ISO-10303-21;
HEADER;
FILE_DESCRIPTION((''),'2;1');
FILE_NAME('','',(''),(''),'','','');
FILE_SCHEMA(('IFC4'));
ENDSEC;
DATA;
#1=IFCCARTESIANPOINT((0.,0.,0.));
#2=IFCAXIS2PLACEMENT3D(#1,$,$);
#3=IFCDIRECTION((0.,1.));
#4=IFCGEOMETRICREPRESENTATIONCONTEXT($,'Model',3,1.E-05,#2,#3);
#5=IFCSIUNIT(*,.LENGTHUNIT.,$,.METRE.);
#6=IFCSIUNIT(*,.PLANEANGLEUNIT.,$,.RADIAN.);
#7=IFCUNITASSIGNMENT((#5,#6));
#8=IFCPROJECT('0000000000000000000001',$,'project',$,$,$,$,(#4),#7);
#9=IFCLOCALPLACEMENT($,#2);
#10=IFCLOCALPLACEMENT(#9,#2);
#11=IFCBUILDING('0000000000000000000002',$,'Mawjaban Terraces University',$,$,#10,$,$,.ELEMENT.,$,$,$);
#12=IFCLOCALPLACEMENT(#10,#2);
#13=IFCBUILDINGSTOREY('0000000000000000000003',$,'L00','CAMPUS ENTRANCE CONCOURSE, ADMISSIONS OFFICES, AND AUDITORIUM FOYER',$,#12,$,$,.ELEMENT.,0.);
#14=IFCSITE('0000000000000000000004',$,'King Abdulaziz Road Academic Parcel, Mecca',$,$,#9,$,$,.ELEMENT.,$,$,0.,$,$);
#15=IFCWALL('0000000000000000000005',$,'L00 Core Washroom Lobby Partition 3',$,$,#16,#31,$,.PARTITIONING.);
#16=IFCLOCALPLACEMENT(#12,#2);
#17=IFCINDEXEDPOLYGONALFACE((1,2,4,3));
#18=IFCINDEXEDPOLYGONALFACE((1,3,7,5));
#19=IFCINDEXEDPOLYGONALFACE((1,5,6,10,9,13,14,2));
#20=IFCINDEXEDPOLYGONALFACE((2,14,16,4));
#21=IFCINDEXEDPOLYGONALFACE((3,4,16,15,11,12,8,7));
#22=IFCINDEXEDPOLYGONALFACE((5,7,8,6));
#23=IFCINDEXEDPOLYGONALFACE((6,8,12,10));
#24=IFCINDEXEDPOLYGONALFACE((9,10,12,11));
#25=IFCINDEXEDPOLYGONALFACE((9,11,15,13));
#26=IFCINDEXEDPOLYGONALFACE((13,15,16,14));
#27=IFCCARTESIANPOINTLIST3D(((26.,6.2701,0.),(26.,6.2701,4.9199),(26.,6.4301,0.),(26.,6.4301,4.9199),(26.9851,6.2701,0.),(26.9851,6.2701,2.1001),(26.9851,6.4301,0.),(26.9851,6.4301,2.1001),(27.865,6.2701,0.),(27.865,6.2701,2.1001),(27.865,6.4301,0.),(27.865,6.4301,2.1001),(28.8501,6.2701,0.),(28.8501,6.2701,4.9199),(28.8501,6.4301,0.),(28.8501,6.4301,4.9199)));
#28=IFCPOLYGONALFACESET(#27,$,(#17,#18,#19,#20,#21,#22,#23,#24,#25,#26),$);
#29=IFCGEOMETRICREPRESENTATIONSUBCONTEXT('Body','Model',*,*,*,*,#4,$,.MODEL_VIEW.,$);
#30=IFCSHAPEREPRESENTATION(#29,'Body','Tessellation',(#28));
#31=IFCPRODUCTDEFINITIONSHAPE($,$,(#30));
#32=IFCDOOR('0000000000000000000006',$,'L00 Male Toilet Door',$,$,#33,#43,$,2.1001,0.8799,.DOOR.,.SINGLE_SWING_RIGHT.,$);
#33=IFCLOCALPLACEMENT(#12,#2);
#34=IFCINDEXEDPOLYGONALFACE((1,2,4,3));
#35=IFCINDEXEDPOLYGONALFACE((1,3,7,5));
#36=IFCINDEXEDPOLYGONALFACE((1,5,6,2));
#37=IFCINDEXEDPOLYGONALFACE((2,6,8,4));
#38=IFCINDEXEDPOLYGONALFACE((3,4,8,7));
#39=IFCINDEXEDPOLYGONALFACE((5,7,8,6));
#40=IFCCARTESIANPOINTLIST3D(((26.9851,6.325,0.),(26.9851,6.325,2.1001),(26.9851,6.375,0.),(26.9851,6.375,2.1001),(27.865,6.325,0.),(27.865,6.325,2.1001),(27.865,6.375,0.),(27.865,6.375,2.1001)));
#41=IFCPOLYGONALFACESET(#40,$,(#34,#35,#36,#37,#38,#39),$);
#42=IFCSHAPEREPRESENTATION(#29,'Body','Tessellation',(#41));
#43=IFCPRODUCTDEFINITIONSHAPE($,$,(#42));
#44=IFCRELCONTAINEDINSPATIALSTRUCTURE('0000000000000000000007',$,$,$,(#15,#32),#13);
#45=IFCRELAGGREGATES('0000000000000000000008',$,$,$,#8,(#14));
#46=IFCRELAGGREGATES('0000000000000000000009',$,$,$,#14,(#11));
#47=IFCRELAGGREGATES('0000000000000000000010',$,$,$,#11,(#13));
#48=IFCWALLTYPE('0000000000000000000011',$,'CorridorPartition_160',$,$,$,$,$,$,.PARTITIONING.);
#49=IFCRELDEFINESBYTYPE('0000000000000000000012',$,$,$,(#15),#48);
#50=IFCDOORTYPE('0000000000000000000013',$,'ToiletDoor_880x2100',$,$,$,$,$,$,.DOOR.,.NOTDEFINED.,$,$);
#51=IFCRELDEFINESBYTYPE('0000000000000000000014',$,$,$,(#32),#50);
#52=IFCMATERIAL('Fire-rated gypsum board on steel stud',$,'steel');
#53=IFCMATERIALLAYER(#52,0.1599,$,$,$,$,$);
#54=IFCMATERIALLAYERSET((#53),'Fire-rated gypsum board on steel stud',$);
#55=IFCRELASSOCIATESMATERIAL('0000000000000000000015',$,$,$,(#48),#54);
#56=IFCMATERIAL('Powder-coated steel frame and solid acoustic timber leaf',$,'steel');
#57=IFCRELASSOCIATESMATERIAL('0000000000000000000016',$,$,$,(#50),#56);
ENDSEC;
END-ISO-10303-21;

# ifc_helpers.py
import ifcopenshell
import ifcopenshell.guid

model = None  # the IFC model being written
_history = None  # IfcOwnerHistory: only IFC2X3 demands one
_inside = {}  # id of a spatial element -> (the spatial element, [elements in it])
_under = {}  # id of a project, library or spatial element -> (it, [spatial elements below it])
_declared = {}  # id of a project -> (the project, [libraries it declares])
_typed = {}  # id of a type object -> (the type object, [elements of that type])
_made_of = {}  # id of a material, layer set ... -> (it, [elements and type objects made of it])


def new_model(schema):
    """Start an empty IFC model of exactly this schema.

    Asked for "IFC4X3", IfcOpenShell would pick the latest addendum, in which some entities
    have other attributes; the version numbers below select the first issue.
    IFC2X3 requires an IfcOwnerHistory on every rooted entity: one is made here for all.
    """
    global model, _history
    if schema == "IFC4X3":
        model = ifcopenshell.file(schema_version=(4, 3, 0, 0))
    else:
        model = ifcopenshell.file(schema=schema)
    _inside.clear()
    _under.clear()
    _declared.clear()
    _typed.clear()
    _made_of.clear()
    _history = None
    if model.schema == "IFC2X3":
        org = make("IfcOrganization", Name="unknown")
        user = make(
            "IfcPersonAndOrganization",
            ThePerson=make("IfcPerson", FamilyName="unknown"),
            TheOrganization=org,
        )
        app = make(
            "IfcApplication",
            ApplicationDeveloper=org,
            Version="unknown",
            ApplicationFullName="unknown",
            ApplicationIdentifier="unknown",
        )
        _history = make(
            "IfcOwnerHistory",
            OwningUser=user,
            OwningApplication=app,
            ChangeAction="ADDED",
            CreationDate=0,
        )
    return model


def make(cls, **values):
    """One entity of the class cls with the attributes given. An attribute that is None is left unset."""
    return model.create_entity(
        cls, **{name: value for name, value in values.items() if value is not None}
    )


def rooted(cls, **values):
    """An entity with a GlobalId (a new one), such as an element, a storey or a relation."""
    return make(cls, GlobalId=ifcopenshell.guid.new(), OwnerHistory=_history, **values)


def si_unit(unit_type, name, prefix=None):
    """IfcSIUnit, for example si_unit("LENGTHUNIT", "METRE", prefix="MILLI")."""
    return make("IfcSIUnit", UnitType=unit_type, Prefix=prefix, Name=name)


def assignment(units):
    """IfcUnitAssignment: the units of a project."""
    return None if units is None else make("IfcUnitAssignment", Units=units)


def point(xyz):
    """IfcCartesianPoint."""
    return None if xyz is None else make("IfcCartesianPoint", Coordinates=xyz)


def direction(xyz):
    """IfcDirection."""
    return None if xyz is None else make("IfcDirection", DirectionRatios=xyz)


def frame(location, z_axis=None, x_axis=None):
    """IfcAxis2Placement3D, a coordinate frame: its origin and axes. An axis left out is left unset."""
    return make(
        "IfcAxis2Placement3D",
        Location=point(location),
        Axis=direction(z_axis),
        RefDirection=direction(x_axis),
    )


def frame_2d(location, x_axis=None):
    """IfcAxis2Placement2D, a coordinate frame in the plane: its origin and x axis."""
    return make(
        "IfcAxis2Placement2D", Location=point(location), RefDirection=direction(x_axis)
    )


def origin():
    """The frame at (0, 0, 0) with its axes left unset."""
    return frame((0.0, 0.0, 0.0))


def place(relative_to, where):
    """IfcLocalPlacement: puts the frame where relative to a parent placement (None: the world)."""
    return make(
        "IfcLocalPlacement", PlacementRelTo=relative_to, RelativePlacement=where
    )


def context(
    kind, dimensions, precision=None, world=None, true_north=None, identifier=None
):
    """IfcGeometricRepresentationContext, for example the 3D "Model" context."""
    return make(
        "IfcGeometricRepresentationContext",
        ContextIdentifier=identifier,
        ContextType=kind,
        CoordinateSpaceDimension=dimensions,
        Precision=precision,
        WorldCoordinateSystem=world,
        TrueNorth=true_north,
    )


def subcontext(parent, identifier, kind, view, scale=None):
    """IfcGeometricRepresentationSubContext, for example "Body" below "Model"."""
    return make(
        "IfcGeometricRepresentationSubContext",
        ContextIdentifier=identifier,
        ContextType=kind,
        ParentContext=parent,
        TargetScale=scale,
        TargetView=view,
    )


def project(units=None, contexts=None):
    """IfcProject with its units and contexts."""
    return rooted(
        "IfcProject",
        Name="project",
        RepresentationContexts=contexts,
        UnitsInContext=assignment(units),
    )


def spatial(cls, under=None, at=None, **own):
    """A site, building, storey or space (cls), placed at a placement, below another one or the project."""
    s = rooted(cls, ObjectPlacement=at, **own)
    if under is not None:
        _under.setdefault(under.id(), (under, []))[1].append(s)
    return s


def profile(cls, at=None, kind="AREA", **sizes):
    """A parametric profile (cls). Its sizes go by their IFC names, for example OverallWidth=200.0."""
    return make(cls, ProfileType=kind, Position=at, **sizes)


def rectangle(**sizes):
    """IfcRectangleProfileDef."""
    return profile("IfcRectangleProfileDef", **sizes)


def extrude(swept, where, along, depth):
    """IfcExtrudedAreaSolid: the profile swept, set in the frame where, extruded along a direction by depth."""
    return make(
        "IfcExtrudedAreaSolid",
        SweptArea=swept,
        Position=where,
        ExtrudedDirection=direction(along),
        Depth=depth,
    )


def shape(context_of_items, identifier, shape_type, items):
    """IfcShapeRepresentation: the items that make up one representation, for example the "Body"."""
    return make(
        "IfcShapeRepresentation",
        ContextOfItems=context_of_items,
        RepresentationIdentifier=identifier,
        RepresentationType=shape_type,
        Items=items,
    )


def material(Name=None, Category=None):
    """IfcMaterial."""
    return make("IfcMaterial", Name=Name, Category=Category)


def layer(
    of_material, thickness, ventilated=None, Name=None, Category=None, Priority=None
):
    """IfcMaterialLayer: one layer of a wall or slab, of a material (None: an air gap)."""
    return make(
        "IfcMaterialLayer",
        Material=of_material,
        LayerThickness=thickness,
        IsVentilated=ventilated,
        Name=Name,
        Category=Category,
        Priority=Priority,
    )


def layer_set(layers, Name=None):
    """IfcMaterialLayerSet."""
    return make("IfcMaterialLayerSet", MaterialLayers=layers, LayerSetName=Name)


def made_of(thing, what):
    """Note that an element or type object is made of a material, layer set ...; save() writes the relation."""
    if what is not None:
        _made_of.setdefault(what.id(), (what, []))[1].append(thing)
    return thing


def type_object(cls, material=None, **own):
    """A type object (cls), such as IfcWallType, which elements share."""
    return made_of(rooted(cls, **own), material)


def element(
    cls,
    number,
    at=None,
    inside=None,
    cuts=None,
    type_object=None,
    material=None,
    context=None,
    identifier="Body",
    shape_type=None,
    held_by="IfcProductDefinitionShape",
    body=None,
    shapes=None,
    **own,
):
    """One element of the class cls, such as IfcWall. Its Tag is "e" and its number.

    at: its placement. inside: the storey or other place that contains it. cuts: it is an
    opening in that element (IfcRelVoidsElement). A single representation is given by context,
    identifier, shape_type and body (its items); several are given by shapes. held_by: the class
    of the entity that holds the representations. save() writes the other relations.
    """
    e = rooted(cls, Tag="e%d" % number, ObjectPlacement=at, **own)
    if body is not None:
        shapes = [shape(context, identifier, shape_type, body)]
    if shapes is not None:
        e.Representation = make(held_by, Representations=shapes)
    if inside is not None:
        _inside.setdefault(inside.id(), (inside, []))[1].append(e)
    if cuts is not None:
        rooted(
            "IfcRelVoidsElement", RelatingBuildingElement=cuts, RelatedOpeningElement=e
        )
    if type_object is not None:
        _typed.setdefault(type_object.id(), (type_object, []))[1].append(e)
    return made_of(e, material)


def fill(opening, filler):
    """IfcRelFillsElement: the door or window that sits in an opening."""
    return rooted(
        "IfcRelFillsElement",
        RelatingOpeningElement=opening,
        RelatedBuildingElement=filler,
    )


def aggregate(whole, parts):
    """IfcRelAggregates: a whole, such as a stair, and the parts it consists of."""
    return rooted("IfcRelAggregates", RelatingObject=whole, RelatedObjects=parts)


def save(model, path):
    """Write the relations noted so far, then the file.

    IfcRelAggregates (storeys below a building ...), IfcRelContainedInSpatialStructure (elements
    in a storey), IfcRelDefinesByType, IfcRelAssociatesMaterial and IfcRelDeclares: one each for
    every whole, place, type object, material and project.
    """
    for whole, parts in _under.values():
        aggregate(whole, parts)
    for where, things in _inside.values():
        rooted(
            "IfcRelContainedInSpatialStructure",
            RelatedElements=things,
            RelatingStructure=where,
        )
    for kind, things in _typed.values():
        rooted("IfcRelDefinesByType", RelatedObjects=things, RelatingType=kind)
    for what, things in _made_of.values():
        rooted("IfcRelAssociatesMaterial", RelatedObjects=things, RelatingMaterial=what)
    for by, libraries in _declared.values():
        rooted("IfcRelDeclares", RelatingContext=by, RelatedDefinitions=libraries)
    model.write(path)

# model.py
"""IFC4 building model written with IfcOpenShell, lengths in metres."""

from ifc_helpers import new_model, si_unit, direction, frame, frame_2d, origin, place, context, subcontext, project, spatial, rectangle, extrude, material, layer, layer_set, type_object, element, fill, save


model = new_model("IFC4")

# Units and contexts
model_context = context("Model", 3, precision=1e-05, world=origin(), true_north=direction((0.0, 1.0)))
body_context = subcontext(model_context, "Body", "Model", "MODEL_VIEW")
ifc_project = project(units=[si_unit("LENGTHUNIT", "METRE"), si_unit("PLANEANGLEUNIT", "RADIAN")], contexts=[model_context])

# Site, building, storey
site_placement = place(None, origin())
site = spatial("IfcSite", under=ifc_project, at=site_placement, Name="King Abdulaziz Road Academic Parcel, Mecca", CompositionType="ELEMENT", RefElevation=0.0)
building_placement = place(site_placement, origin())
building = spatial("IfcBuilding", under=site, at=building_placement, Name="Mawjaban Terraces University", CompositionType="ELEMENT")
storey_placement = place(building_placement, origin())
storey = spatial("IfcBuildingStorey", under=building, at=storey_placement, Name="L00", Description="CAMPUS ENTRANCE CONCOURSE, ADMISSIONS OFFICES, AND AUDITORIUM FOYER", CompositionType="ELEMENT", Elevation=0.0)

# Wall, opening, door
ifc_material_1 = material(Name="Fire-rated gypsum board on steel stud", Category="steel")
ifc_layer_1 = layer(ifc_material_1, 0.1599)
ifc_layer_set_1 = layer_set([ifc_layer_1], Name="Fire-rated gypsum board on steel stud")
wall_type_1 = type_object("IfcWallType", Name="CorridorPartition_160", PredefinedType="PARTITIONING", material=ifc_layer_set_1)
wall_1_placement = place(storey_placement, frame((26.0, 6.3501, 0.0), z_axis=(0.0, 0.0, 1.0), x_axis=(1.0, 0.0, 0.0)))
wall_1 = element("IfcWall", 1, at=wall_1_placement, inside=storey, type_object=wall_type_1, Name="L00 Core Washroom Lobby Partition 3", PredefinedType="PARTITIONING", context=body_context, shape_type="SweptSolid", body=[
    extrude(rectangle(XDim=2.8501, YDim=0.1599, at=frame_2d((1.425, 0.0))), origin(), (0.0, 0.0, 1.0), 4.9199),
])
opening_1_placement = place(wall_1_placement, frame((0.9851, 0.0, 0.0)))
opening_1 = element("IfcOpeningElement", 2, at=opening_1_placement, cuts=wall_1, PredefinedType="OPENING", context=body_context, shape_type="SweptSolid", body=[
    extrude(rectangle(XDim=0.8799, YDim=2.1001, at=frame_2d((0.4399, 1.05))), frame((0.0, 0.0898, 0.0), z_axis=(0.0, -1.0, 0.0), x_axis=(1.0, 0.0, 0.0)), (0.0, 0.0, 1.0), 0.1799),
])
ifc_material_2 = material(Name="Powder-coated steel frame and solid acoustic timber leaf", Category="steel")
door_type = type_object("IfcDoorType", Name="ToiletDoor_880x2100", OperationType="NOTDEFINED", PredefinedType="DOOR", material=ifc_material_2)
door_placement = place(opening_1_placement, origin())
door = element("IfcDoor", 3, at=door_placement, inside=storey, type_object=door_type, Name="L00 Male Toilet Door", OperationType="SINGLE_SWING_RIGHT", OverallHeight=2.1001, OverallWidth=0.8799, PredefinedType="DOOR", context=body_context, shape_type="SweptSolid", body=[
    extrude(rectangle(XDim=0.8799, YDim=2.1001, at=frame_2d((0.4399, 1.05))), frame((0.0, 0.0249, 0.0), z_axis=(0.0, -1.0, 0.0), x_axis=(1.0, 0.0, 0.0)), (0.0, 0.0, 1.0), 0.05),
])
fill(opening_1, door)

save(model, "model.ifc")
